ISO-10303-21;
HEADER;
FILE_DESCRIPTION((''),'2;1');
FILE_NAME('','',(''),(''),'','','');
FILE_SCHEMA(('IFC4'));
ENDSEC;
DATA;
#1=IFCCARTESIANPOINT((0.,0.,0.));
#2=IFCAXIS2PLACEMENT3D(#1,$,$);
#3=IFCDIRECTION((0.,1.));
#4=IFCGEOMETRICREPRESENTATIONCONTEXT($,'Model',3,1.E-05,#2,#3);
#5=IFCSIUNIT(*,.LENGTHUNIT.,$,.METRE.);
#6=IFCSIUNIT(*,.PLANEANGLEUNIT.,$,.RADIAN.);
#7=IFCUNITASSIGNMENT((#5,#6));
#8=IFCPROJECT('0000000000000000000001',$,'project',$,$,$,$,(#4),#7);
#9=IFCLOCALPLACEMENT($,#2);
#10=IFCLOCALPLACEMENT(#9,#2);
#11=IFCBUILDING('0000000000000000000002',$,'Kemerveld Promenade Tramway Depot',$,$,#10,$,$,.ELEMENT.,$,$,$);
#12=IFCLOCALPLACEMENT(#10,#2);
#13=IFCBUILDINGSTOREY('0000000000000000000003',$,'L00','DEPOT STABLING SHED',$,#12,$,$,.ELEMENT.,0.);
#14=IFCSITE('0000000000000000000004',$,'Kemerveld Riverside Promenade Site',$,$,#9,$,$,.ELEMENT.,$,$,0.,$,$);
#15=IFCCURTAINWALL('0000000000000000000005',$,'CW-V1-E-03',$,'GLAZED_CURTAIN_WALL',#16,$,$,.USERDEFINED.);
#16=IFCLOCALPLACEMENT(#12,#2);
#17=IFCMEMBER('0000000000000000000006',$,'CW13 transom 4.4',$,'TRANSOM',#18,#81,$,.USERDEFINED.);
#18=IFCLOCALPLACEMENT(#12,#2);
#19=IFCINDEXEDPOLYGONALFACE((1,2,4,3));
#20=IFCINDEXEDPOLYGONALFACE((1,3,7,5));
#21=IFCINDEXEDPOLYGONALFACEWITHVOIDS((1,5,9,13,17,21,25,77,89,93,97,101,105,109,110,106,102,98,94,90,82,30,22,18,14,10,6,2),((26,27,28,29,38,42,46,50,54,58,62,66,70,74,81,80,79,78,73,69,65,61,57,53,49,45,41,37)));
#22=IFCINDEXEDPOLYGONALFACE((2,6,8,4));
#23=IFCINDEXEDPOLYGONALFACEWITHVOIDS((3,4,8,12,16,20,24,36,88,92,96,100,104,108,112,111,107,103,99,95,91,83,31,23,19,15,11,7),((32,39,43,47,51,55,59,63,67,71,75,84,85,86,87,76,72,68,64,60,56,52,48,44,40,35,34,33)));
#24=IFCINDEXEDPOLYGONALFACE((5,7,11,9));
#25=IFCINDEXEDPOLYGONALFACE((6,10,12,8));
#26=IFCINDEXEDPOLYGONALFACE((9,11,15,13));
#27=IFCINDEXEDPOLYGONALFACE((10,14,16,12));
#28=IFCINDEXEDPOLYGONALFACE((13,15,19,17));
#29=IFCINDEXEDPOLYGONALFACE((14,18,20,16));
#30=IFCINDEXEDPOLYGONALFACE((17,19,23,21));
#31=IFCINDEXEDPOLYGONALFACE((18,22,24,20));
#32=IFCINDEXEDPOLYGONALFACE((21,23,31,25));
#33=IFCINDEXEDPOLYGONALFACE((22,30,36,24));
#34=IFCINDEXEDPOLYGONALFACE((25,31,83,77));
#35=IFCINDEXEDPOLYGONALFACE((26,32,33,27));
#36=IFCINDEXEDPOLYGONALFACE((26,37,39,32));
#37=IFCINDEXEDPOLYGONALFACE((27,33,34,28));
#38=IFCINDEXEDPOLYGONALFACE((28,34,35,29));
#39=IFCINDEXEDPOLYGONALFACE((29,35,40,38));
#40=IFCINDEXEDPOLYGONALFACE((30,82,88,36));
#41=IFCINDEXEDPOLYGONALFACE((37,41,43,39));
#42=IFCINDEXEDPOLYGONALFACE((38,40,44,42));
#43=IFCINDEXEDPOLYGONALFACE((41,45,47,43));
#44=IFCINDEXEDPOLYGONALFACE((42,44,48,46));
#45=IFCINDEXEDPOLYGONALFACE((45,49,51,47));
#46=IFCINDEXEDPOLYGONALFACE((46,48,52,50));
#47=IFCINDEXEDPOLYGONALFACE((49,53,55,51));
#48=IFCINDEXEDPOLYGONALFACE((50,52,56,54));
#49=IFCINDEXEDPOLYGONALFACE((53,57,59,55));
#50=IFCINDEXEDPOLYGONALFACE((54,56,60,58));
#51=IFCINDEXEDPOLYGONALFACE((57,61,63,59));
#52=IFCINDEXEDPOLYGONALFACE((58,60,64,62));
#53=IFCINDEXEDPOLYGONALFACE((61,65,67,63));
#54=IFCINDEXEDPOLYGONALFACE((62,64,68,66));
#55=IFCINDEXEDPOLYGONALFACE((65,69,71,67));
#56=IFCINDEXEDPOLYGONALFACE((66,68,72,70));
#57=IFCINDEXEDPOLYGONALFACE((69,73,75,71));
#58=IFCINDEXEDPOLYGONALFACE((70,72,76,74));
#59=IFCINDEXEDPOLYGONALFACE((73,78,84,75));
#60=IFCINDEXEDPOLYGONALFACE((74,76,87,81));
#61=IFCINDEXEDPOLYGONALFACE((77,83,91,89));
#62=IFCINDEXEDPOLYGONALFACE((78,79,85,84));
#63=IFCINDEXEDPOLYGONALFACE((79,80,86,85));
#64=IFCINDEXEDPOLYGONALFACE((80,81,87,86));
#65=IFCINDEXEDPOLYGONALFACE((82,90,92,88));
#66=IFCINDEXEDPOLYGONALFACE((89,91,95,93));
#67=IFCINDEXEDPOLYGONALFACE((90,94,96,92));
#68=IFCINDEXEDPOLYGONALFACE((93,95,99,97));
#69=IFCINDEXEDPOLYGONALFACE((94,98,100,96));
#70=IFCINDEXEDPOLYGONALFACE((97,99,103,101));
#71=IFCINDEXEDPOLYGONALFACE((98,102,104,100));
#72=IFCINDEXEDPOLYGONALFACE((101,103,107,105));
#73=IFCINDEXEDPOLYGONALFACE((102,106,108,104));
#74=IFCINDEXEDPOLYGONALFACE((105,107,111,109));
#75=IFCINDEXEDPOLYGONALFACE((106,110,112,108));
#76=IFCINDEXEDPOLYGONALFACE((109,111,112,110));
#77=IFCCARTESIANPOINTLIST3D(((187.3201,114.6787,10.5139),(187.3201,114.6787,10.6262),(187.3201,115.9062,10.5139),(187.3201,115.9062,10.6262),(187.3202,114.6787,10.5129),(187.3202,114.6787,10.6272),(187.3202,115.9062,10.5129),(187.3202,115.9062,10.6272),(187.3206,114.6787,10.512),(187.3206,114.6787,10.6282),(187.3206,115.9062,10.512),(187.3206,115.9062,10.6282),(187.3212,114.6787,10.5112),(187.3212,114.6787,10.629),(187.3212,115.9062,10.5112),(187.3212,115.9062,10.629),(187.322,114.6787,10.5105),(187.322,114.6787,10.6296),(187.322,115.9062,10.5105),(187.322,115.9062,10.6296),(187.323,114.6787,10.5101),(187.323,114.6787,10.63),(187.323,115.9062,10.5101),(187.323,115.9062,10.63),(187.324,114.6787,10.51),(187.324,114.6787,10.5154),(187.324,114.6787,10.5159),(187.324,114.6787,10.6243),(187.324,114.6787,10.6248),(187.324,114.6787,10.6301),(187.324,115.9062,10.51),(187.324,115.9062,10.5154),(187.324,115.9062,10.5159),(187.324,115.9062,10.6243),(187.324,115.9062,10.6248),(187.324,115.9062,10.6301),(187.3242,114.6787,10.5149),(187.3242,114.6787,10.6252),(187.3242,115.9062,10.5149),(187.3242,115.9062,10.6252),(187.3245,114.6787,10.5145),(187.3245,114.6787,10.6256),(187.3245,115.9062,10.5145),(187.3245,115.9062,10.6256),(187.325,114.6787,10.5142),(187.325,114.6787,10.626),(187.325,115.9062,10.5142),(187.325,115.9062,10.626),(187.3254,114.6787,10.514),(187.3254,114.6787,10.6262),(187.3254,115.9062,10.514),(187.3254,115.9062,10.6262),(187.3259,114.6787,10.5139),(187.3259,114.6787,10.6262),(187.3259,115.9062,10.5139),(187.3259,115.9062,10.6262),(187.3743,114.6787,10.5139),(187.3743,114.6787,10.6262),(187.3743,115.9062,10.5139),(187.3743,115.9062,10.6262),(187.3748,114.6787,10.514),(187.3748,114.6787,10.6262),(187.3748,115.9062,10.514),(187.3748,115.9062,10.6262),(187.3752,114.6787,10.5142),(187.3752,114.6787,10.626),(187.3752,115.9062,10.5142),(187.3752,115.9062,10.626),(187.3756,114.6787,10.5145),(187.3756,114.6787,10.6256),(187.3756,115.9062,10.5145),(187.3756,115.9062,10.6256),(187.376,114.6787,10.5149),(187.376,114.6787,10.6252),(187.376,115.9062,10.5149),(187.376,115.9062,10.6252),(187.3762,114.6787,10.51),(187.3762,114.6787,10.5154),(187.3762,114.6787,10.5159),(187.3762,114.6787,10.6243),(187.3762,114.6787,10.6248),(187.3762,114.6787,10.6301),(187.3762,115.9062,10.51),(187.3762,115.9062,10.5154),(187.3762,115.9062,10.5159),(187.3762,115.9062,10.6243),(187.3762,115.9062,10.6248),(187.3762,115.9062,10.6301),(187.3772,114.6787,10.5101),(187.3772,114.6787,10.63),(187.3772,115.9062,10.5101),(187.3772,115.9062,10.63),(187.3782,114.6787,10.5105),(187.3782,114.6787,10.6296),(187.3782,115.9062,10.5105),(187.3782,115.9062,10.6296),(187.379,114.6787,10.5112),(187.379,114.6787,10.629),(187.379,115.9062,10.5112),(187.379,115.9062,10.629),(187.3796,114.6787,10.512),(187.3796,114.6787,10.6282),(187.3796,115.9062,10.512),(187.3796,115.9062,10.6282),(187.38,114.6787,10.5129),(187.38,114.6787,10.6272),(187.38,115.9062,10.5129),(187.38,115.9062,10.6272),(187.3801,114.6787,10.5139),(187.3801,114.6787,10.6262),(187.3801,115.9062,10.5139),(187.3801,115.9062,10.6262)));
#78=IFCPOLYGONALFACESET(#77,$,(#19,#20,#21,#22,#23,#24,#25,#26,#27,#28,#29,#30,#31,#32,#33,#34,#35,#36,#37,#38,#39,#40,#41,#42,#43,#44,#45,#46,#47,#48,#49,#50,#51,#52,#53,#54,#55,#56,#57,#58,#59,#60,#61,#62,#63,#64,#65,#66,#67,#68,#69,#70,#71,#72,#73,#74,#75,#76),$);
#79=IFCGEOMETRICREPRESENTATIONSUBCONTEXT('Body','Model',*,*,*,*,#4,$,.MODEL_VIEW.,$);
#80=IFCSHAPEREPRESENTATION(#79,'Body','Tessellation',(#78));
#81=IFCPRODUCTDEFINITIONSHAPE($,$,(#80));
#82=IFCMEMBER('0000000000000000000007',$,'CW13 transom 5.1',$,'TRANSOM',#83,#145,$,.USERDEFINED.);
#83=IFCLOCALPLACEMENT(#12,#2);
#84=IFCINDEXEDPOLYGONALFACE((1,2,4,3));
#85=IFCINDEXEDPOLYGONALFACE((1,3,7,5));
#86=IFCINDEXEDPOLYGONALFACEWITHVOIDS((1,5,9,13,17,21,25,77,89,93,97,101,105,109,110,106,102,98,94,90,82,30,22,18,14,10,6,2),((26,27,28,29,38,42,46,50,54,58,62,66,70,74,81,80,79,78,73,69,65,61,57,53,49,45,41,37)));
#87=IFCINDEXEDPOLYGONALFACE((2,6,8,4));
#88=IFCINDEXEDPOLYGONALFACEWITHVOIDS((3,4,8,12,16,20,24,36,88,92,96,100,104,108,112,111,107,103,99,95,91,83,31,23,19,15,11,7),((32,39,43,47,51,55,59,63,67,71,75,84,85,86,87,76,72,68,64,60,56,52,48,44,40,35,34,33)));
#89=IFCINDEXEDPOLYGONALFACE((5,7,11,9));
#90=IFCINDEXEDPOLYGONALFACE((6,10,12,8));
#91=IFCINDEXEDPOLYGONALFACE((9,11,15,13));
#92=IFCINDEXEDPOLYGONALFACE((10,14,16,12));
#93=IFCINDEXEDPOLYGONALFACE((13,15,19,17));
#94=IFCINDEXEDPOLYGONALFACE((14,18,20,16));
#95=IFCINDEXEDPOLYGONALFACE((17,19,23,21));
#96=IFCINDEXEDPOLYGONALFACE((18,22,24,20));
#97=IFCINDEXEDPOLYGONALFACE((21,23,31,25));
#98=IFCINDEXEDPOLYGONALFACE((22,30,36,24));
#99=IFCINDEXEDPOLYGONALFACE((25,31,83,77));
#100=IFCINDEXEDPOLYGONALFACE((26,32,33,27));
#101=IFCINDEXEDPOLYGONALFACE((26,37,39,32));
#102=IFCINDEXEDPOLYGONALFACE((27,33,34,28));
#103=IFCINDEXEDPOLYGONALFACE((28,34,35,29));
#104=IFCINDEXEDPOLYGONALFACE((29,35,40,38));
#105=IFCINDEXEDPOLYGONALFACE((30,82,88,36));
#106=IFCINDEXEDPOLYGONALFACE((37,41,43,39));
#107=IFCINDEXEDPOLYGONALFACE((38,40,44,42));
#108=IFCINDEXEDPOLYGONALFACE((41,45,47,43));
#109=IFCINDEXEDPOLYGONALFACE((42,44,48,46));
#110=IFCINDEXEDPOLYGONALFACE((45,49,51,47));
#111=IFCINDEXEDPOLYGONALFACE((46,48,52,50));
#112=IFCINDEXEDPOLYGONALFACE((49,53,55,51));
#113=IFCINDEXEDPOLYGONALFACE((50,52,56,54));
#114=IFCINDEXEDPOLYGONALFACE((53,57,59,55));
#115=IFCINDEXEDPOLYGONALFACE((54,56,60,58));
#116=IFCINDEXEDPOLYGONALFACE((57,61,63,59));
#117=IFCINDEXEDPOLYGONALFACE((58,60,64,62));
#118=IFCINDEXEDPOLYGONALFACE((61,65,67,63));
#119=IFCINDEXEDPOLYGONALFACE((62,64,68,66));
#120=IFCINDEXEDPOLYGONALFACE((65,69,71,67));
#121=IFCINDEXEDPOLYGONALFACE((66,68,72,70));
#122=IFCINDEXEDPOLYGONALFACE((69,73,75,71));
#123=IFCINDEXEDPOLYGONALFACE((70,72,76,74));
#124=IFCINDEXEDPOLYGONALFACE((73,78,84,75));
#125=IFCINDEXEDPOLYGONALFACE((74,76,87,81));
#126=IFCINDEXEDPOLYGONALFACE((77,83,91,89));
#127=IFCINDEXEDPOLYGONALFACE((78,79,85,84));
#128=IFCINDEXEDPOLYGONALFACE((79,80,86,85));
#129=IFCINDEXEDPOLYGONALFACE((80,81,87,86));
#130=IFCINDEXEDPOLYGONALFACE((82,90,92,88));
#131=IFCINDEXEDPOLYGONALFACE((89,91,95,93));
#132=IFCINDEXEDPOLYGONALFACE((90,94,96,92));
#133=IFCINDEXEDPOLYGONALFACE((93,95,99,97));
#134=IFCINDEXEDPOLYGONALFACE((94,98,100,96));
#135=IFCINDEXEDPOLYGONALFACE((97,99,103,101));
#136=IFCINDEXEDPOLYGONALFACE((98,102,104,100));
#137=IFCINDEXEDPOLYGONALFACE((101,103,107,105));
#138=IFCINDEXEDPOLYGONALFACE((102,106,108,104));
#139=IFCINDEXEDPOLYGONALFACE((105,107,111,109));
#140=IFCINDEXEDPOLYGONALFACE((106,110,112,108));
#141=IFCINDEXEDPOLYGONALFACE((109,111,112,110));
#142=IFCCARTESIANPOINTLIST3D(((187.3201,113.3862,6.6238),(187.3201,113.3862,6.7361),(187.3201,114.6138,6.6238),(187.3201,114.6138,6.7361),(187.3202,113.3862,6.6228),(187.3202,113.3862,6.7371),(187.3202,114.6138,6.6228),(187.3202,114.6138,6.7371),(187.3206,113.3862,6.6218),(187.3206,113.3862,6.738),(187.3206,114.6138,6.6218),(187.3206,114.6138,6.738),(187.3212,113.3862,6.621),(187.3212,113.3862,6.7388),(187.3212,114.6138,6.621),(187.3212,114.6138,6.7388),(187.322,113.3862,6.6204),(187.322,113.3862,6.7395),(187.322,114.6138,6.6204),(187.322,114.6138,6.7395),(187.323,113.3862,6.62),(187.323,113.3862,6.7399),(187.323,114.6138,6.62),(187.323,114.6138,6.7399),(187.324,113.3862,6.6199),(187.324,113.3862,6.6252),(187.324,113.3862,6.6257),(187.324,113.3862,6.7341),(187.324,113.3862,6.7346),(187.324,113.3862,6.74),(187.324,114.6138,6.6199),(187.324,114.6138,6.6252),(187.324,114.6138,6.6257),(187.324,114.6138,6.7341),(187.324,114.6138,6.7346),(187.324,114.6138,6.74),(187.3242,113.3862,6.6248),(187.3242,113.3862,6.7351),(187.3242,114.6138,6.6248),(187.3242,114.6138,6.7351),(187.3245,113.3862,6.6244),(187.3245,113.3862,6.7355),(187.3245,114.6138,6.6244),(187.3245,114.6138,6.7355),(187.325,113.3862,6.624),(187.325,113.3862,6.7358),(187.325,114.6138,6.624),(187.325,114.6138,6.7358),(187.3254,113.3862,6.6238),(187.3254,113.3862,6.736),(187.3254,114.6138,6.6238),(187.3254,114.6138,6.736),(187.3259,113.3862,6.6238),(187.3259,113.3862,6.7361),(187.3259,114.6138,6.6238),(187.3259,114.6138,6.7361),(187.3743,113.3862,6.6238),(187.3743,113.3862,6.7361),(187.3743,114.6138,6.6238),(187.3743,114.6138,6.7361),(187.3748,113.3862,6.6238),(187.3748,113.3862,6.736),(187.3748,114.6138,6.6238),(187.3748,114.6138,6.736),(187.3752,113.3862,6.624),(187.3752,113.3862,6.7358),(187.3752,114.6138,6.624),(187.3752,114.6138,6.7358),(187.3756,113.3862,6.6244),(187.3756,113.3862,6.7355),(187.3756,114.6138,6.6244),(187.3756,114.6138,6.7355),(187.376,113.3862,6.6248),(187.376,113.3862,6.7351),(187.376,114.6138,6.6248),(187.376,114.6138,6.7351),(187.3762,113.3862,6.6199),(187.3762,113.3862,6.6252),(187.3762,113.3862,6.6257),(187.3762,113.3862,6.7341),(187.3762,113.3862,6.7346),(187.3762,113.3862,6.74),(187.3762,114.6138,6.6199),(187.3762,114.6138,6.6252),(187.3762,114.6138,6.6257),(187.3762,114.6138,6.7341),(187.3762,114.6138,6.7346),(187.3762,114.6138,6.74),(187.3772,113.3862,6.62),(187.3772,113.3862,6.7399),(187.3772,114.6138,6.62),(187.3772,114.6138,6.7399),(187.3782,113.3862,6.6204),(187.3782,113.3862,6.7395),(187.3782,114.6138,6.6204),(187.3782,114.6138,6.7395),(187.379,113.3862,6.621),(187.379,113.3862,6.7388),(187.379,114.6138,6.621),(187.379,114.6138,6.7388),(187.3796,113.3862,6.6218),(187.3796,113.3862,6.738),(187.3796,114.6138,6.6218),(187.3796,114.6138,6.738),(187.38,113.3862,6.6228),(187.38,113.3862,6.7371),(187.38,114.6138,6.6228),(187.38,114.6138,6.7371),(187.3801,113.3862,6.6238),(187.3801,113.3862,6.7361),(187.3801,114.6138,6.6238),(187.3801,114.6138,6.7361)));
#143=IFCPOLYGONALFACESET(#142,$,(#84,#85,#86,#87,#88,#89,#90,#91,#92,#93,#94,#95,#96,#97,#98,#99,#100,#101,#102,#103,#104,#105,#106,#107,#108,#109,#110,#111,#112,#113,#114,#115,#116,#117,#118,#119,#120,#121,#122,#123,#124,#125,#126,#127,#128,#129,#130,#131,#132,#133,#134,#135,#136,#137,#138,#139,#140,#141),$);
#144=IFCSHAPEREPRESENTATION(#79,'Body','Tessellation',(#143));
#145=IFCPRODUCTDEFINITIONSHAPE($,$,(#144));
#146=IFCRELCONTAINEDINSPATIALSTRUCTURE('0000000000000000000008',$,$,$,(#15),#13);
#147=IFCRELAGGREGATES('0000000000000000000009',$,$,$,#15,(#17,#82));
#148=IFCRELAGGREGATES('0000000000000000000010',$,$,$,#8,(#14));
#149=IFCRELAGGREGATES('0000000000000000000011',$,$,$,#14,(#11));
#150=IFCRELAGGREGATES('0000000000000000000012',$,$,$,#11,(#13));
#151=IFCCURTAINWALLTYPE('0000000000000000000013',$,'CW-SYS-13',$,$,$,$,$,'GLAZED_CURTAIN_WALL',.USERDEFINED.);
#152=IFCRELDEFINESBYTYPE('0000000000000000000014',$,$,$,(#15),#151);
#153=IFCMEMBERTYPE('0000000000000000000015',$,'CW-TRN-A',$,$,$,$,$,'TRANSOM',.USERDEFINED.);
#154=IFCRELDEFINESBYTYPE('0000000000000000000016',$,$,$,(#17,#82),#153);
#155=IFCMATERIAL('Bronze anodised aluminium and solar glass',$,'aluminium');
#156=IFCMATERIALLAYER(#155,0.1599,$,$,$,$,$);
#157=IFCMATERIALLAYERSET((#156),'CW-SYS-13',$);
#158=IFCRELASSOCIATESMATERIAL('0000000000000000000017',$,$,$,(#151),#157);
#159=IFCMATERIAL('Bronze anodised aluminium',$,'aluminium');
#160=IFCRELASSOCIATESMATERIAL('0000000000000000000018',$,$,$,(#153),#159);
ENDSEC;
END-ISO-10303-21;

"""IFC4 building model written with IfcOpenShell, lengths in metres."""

from ifc_helpers import new_model, si_unit, direction, frame, origin, origin_2d, place, context, subcontext, project, spatial, hollow_rectangle, extrude, material, layer, layer_set, material_profile, profile_set, type_object, element, aggregate, save


model = new_model("IFC4")

# Units and contexts
model_context = context("Model", 3, precision=1e-05, world=origin(), true_north=direction((0.0, 1.0)))
body_context = subcontext(model_context, "Body", "Model", "MODEL_VIEW")
ifc_project = project(units=[si_unit("LENGTHUNIT", "METRE"), si_unit("PLANEANGLEUNIT", "RADIAN")], contexts=[model_context])

# Site, building, storey
site_placement = place(None, origin())
site = spatial("IfcSite", under=ifc_project, at=site_placement, Name="Kemerveld Riverside Promenade Site", CompositionType="ELEMENT", RefElevation=0.0)
building_placement = place(site_placement, origin())
building = spatial("IfcBuilding", under=site, at=building_placement, Name="Kemerveld Promenade Tramway Depot", CompositionType="ELEMENT")
storey_placement = place(building_placement, origin())
storey = spatial("IfcBuildingStorey", under=building, at=storey_placement, Name="L00", Description="DEPOT STABLING SHED", CompositionType="ELEMENT", Elevation=0.0)

# Curtain wall, members
ifc_material_1 = material(Name="Bronze anodised aluminium and solar glass", Category="aluminium")
ifc_layer_1 = layer(ifc_material_1, 0.1599)
ifc_layer_set_1 = layer_set([ifc_layer_1], Name="CW-SYS-13")
curtain_wall_type = type_object("IfcCurtainWallType", Name="CW-SYS-13", ElementType="GLAZED_CURTAIN_WALL", PredefinedType="USERDEFINED", material=ifc_layer_set_1)
curtain_wall_placement = place(storey_placement, origin())
curtain_wall = element("IfcCurtainWall", 1, at=curtain_wall_placement, inside=storey, type_object=curtain_wall_type, Name="CW-V1-E-03", ObjectType="GLAZED_CURTAIN_WALL", PredefinedType="USERDEFINED")
ifc_material_2 = material(Name="Bronze anodised aluminium", Category="aluminium")
ifc_material_profile_1 = material_profile(ifc_material_2, hollow_rectangle(XDim=0.0601, YDim=0.1201, WallThickness=0.0039, InnerFilletRadius=0.002, OuterFilletRadius=0.0039, at=origin_2d()), Name="CW-TRN-120x60")
ifc_profile_set_1 = profile_set([ifc_material_profile_1], Name="Bronze anodised aluminium")
member_type_1 = type_object("IfcMemberType", Name="CW-TRN-A", ElementType="TRANSOM", PredefinedType="USERDEFINED", material=ifc_profile_set_1)
member_1_placement = place(storey_placement, frame((187.3501, 115.9062, 10.5701), z_axis=(0.0, -1.0, 0.0), x_axis=(1.0, 0.0, 0.0)))
member_1 = element("IfcMember", 2, at=member_1_placement, type_object=member_type_1, Name="CW13 transom 4.4", ObjectType="TRANSOM", PredefinedType="USERDEFINED", context=body_context, shape_type="SweptSolid", body=[
    extrude(hollow_rectangle(XDim=0.0601, YDim=0.1201, WallThickness=0.0039, InnerFilletRadius=0.002, OuterFilletRadius=0.0039, at=origin_2d()), origin(), (0.0, 0.0, 1.0), 1.2275),
])
member_2_placement = place(storey_placement, frame((187.3501, 114.6138, 6.6799), z_axis=(0.0, -1.0, 0.0), x_axis=(1.0, 0.0, 0.0)))
member_2 = element("IfcMember", 3, at=member_2_placement, type_object=member_type_1, Name="CW13 transom 5.1", ObjectType="TRANSOM", PredefinedType="USERDEFINED", context=body_context, shape_type="SweptSolid", body=[
    extrude(hollow_rectangle(XDim=0.0601, YDim=0.1201, WallThickness=0.0039, InnerFilletRadius=0.002, OuterFilletRadius=0.0039, at=origin_2d()), origin(), (0.0, 0.0, 1.0), 1.2275),
])
aggregate(curtain_wall, [member_1, member_2])

save(model, "model.ifc")
